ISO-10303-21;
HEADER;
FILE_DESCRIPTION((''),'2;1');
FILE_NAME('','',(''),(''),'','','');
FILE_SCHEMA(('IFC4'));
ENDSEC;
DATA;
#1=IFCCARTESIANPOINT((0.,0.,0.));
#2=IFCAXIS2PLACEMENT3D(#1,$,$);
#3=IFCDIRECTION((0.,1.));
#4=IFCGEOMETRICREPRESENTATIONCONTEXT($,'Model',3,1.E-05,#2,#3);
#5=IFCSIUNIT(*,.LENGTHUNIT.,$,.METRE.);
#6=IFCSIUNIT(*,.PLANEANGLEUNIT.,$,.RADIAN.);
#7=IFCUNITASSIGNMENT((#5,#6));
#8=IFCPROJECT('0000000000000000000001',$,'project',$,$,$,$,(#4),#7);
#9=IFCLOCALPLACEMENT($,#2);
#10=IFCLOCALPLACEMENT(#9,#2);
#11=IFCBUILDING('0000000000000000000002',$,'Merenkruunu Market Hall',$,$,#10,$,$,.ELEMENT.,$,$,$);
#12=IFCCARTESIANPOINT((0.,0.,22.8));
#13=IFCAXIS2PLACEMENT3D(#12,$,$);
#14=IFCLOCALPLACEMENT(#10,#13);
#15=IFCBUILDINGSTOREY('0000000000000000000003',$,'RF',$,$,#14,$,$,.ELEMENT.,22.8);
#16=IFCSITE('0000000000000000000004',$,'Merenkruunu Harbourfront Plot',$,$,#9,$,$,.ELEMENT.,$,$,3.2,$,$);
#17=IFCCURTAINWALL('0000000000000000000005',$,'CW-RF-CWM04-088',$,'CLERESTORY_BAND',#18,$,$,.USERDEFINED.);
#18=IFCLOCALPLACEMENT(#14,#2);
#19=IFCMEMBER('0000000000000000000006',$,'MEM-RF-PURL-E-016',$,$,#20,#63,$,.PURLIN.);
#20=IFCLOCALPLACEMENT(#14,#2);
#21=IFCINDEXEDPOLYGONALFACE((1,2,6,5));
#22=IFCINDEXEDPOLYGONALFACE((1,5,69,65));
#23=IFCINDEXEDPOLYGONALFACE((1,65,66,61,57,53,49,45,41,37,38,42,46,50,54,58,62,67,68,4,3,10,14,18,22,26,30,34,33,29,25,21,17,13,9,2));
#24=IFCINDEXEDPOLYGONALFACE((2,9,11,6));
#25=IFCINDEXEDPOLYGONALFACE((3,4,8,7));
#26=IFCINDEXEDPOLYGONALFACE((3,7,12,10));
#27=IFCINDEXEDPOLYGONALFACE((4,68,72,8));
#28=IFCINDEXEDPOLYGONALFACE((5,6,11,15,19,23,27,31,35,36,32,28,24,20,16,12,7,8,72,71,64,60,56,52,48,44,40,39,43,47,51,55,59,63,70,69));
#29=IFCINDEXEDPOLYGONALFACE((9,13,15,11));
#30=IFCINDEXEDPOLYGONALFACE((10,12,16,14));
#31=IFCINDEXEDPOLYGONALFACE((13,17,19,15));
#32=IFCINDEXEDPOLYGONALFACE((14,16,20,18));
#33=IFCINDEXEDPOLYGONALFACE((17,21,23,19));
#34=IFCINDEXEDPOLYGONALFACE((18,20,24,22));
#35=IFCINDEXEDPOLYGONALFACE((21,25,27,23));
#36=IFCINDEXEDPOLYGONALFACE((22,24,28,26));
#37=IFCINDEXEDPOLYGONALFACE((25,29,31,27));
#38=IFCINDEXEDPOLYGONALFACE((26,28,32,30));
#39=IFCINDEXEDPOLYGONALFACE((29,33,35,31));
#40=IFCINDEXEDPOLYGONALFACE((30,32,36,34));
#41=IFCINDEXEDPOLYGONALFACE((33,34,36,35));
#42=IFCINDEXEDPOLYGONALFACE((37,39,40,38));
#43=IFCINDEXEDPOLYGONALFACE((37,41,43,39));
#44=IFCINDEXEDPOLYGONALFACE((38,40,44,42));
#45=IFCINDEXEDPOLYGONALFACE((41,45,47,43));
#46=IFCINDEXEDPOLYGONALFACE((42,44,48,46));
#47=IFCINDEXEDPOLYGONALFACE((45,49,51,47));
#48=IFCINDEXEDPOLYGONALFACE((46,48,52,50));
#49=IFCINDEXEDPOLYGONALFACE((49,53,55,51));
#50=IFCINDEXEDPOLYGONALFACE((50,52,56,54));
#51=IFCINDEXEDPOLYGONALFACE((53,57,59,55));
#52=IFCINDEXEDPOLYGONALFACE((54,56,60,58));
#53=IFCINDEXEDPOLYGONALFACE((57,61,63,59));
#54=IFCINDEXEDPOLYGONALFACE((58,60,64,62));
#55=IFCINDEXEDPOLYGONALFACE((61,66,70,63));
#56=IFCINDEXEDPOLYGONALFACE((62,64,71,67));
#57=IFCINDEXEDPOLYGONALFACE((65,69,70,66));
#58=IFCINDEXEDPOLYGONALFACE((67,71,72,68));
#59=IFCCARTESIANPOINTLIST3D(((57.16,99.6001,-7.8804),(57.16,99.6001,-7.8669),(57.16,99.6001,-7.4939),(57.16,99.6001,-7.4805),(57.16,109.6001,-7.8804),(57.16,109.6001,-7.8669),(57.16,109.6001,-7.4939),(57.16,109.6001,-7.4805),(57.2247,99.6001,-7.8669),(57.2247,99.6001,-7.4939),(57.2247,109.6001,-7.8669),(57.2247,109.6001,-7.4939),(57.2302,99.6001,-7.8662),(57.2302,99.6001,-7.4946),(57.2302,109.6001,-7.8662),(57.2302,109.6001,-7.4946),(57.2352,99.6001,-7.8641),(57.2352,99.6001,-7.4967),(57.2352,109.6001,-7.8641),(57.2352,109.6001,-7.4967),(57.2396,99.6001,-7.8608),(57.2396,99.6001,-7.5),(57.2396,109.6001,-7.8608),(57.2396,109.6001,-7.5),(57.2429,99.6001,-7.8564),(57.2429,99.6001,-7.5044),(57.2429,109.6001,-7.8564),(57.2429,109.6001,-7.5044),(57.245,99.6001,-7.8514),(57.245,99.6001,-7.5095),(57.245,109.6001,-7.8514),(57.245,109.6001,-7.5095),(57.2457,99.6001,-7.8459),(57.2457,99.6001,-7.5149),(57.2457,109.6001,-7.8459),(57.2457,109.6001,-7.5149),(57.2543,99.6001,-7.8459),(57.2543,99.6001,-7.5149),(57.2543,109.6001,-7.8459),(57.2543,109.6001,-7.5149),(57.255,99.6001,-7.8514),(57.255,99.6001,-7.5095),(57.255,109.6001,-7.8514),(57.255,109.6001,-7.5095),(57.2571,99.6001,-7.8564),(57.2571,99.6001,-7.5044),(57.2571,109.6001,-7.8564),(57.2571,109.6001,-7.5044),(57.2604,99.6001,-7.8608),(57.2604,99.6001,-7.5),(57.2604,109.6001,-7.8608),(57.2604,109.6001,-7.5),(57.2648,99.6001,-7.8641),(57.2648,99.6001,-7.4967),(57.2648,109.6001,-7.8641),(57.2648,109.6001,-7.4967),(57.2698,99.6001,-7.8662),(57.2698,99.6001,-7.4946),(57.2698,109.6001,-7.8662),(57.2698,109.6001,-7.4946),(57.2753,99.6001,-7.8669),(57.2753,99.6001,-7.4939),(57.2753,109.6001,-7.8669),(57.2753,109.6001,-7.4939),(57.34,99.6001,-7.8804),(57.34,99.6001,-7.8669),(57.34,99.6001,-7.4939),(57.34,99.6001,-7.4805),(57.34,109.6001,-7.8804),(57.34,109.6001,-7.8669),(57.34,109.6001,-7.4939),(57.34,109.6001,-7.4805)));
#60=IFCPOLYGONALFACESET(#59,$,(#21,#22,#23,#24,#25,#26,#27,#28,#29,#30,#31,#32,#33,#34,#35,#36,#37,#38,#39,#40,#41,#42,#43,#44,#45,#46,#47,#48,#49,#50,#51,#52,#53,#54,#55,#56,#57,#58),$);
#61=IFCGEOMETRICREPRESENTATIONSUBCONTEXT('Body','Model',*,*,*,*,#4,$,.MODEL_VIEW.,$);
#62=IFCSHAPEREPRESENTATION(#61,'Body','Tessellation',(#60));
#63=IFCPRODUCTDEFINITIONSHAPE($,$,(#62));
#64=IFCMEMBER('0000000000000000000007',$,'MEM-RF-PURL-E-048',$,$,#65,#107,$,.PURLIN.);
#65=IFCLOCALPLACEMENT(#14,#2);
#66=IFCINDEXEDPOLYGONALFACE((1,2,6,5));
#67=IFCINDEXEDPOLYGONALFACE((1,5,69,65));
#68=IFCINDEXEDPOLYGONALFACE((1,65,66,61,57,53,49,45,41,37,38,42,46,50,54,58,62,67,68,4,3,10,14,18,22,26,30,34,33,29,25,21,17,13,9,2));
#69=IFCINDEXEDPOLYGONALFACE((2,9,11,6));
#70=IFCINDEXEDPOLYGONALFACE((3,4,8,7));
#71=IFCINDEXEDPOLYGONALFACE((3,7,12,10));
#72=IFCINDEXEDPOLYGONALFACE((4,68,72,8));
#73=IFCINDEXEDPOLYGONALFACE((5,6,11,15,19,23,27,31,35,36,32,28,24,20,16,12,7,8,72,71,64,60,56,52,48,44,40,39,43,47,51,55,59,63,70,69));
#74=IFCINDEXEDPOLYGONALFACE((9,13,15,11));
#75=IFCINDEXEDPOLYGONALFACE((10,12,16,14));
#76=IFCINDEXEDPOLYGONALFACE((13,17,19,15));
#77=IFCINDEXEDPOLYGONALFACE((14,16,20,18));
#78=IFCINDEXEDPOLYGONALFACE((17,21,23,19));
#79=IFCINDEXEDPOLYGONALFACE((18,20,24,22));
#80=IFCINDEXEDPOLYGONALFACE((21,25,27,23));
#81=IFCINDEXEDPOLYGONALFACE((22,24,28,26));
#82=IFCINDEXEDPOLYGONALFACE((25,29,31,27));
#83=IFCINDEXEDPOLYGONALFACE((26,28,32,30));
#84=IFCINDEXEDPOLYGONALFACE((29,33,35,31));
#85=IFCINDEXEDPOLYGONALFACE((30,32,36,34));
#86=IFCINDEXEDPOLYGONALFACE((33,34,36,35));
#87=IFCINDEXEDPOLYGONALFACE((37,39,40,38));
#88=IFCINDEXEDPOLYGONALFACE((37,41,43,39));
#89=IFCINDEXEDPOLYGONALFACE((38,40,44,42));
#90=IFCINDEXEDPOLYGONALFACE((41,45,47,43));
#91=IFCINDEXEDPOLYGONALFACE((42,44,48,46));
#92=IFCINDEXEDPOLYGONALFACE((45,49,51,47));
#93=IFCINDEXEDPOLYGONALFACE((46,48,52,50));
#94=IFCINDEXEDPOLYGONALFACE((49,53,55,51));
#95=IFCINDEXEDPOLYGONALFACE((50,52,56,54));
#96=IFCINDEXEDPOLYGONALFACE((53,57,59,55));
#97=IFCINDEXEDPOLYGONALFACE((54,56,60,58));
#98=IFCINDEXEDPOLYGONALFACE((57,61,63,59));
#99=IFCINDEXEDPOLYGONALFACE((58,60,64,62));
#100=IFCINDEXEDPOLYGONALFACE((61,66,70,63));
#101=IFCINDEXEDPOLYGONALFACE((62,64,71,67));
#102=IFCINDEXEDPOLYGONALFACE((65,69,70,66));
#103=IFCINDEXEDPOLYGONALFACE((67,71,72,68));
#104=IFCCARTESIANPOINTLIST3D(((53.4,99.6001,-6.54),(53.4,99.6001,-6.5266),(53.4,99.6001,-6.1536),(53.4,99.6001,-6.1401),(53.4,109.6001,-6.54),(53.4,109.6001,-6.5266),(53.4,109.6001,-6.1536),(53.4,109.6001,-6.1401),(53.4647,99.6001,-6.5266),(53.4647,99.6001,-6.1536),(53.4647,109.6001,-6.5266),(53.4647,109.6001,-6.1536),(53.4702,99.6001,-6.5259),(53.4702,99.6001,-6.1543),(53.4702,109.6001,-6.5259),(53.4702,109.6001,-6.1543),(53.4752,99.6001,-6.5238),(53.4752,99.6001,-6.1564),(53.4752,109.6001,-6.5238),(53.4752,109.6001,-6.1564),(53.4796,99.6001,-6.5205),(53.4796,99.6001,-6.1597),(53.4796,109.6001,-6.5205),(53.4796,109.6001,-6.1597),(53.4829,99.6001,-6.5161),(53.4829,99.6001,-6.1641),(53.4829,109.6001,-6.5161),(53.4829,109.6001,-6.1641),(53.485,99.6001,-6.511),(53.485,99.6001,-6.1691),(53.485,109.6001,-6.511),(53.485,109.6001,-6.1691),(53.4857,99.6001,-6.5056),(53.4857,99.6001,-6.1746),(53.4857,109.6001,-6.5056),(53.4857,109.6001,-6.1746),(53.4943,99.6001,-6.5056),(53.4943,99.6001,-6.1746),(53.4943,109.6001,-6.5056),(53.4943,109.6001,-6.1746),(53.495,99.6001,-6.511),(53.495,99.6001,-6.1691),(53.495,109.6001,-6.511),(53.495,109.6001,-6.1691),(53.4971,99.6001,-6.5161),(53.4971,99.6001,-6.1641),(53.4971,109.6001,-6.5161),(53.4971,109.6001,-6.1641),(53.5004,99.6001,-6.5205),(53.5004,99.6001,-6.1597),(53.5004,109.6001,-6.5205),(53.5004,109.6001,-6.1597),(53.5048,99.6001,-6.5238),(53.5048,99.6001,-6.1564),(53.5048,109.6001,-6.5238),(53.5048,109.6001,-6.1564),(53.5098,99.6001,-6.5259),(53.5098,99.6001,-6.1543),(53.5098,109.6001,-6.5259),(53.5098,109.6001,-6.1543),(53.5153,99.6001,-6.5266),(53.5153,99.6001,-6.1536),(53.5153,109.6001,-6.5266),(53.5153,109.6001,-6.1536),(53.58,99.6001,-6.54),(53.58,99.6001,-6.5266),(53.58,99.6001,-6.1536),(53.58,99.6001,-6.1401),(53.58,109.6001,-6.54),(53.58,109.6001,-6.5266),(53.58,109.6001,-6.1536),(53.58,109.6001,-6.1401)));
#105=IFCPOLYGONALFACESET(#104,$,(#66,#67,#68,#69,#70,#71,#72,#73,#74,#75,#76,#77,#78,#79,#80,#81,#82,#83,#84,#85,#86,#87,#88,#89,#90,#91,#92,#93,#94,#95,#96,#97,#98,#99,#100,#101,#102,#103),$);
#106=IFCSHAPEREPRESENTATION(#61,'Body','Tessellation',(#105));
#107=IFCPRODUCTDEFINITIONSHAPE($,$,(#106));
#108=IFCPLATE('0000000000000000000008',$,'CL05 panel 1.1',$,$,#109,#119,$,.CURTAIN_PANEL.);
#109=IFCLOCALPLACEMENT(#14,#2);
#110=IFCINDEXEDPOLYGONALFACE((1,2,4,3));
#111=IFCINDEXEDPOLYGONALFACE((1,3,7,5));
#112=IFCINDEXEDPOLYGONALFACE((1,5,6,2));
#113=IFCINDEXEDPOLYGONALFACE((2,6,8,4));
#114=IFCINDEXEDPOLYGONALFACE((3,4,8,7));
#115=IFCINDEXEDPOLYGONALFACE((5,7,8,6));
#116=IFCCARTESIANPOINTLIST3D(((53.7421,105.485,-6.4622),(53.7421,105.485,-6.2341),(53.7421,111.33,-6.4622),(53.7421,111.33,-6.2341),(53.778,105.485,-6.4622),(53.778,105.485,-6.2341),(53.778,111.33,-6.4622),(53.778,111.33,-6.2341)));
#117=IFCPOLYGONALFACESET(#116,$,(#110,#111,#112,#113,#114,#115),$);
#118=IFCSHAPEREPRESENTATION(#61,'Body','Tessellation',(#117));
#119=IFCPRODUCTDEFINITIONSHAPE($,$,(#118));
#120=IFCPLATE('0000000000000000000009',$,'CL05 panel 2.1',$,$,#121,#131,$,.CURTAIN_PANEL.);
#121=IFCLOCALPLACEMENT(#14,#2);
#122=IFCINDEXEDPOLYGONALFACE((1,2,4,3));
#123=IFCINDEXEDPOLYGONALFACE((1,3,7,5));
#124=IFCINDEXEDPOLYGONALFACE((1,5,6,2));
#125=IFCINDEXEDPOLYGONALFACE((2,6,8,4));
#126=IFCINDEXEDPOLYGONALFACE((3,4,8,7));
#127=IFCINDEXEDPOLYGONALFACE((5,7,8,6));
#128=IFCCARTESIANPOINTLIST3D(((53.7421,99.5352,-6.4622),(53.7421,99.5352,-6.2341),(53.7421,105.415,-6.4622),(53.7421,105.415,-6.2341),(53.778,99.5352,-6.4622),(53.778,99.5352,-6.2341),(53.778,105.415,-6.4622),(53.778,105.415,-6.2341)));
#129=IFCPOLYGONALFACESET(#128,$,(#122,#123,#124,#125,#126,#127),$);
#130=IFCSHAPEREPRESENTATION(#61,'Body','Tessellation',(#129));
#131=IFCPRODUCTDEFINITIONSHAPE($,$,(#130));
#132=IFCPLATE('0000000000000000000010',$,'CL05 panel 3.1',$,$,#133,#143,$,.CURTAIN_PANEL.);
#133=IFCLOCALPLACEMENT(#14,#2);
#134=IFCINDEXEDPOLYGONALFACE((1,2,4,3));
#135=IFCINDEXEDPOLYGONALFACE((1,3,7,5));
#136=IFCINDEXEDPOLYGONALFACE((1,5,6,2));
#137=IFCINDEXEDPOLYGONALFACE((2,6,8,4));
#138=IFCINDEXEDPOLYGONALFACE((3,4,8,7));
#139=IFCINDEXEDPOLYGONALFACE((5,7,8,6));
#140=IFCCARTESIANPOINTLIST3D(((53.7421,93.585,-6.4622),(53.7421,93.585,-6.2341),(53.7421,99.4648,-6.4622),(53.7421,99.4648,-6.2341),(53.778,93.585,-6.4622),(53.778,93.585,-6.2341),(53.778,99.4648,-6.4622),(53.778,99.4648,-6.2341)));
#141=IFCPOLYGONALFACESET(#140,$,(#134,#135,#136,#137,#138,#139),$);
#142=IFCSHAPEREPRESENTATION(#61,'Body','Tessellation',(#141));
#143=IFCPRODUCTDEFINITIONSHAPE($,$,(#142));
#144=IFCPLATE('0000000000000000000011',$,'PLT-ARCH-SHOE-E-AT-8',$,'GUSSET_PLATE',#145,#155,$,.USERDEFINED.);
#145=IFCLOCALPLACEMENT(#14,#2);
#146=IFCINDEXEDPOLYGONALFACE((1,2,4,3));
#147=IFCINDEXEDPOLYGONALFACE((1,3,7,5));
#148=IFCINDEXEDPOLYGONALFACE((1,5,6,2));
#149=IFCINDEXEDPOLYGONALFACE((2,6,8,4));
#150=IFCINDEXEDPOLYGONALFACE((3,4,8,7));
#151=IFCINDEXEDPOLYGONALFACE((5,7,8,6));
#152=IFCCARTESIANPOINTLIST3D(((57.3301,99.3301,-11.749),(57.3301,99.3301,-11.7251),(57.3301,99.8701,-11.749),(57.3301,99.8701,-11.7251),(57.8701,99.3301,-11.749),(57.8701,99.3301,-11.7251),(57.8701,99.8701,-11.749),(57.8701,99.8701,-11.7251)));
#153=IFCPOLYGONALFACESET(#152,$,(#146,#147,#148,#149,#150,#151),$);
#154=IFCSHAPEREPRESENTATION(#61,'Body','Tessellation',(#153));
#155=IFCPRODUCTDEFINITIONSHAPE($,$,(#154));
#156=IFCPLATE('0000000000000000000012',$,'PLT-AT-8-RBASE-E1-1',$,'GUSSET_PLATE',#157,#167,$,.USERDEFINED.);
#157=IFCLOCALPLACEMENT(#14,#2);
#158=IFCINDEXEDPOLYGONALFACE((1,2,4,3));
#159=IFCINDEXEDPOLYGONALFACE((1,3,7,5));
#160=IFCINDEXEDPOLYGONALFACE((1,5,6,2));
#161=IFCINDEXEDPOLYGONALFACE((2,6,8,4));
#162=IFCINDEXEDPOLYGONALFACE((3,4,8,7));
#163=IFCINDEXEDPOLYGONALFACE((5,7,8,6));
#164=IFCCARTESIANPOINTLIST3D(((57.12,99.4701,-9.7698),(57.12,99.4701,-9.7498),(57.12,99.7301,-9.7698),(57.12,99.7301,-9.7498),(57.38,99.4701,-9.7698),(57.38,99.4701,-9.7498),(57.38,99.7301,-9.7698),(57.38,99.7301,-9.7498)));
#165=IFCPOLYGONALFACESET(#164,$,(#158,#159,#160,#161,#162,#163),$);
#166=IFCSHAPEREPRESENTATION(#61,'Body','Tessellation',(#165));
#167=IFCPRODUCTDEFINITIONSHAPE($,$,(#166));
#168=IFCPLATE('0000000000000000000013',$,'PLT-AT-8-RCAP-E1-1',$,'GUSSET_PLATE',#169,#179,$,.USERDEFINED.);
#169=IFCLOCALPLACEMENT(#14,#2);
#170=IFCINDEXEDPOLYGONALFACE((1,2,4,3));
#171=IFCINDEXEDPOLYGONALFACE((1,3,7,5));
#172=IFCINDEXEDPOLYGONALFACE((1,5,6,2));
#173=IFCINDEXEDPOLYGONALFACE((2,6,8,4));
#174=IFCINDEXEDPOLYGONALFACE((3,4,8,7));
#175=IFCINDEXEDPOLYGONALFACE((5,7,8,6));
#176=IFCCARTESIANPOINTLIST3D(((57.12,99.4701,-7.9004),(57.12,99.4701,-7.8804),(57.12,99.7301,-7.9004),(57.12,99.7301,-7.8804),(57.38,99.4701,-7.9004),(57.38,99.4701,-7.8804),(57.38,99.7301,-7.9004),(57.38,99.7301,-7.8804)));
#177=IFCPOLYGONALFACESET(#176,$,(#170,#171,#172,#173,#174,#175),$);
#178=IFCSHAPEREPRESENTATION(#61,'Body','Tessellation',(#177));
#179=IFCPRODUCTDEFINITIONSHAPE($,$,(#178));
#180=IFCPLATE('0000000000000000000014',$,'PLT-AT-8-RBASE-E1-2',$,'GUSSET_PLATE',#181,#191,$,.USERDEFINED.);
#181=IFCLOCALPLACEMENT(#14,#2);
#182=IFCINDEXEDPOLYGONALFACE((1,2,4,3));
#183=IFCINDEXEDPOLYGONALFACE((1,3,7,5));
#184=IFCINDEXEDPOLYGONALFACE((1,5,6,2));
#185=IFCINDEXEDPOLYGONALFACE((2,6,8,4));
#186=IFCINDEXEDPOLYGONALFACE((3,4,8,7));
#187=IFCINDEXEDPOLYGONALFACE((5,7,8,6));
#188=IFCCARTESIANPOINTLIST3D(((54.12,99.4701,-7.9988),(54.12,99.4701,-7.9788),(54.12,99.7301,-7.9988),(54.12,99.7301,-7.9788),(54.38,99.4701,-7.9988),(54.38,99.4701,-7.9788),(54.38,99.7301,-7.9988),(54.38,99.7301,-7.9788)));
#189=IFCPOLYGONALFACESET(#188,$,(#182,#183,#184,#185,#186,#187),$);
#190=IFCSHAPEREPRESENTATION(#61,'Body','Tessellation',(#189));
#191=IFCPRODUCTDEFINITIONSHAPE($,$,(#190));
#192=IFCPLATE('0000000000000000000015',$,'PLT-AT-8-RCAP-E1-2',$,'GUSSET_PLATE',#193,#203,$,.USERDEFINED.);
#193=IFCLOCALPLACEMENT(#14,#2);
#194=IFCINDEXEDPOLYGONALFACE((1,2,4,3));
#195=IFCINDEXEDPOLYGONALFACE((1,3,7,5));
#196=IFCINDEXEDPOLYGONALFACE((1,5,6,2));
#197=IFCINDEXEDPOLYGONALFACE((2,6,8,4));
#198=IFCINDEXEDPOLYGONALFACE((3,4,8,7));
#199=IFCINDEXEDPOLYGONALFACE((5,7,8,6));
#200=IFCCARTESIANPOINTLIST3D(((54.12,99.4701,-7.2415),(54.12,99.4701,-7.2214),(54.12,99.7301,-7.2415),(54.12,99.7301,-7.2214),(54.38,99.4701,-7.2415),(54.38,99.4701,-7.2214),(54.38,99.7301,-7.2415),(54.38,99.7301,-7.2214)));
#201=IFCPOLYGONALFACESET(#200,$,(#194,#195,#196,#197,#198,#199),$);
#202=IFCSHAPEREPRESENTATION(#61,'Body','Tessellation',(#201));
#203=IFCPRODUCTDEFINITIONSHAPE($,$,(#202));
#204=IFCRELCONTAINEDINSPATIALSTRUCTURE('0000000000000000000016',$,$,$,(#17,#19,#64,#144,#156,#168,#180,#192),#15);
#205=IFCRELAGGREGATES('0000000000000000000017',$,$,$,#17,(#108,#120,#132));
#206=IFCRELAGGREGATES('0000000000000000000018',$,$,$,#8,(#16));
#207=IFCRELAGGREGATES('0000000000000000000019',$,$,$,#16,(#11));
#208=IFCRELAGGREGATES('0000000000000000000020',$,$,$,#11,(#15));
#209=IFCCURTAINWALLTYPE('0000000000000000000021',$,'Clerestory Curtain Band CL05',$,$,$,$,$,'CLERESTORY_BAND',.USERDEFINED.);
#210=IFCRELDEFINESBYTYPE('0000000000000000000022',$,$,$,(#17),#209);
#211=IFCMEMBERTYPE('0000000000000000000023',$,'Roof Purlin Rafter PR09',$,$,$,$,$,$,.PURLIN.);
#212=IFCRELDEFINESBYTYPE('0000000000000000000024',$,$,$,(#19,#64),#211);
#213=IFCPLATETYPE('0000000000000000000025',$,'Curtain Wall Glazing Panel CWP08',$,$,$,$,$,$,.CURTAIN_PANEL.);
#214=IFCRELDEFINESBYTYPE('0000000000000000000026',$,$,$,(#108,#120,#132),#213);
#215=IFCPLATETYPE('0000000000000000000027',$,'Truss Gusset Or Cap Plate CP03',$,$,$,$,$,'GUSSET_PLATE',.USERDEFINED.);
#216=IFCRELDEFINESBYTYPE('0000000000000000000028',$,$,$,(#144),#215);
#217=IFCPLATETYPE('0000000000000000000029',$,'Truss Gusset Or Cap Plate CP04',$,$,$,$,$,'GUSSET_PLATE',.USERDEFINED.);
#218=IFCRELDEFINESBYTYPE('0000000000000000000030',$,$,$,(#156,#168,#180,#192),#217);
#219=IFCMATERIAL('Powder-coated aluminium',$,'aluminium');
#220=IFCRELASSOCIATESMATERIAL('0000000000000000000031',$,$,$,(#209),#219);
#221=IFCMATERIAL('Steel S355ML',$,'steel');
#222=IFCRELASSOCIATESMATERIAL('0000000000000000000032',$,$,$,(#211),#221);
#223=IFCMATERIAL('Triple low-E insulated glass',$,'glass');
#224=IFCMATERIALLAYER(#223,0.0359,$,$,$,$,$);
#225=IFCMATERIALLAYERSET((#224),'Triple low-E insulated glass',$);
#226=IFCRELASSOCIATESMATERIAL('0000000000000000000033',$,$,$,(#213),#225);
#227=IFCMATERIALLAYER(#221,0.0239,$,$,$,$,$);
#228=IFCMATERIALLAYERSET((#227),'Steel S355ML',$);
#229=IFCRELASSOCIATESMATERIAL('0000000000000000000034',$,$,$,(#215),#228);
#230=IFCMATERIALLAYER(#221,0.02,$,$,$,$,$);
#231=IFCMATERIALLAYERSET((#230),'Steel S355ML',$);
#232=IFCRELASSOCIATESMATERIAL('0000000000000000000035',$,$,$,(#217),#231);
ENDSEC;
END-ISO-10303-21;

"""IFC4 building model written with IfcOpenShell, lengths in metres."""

from ifc_helpers import new_model, si_unit, direction, frame, origin, origin_2d, place, context, subcontext, project, spatial, rectangle, i_section, extrude, material, layer, layer_set, material_profile, profile_set, type_object, element, aggregate, save


model = new_model("IFC4")

# Units and contexts
model_context = context("Model", 3, precision=1e-05, world=origin(), true_north=direction((0.0, 1.0)))
body_context = subcontext(model_context, "Body", "Model", "MODEL_VIEW")
ifc_project = project(units=[si_unit("LENGTHUNIT", "METRE"), si_unit("PLANEANGLEUNIT", "RADIAN")], contexts=[model_context])

# Site, building, storey
site_placement = place(None, origin())
site = spatial("IfcSite", under=ifc_project, at=site_placement, Name="Merenkruunu Harbourfront Plot", CompositionType="ELEMENT", RefElevation=3.2)
building_placement = place(site_placement, origin())
building = spatial("IfcBuilding", under=site, at=building_placement, Name="Merenkruunu Market Hall", CompositionType="ELEMENT")
storey_placement = place(building_placement, frame((0.0, 0.0, 22.8)))
storey = spatial("IfcBuildingStorey", under=building, at=storey_placement, Name="RF", CompositionType="ELEMENT", Elevation=22.8)

# Curtain wall
ifc_material_1 = material(Name="Powder-coated aluminium", Category="aluminium")
curtain_wall_type = type_object("IfcCurtainWallType", Name="Clerestory Curtain Band CL05", ElementType="CLERESTORY_BAND", PredefinedType="USERDEFINED", material=ifc_material_1)
curtain_wall_placement = place(storey_placement, origin())
curtain_wall = element("IfcCurtainWall", 1, at=curtain_wall_placement, inside=storey, type_object=curtain_wall_type, Name="CW-RF-CWM04-088", ObjectType="CLERESTORY_BAND", PredefinedType="USERDEFINED")

# Shared definitions
ifc_material_2 = material(Name="Steel S355ML", Category="steel")

# Members
ifc_material_profile_1 = material_profile(ifc_material_2, i_section(OverallWidth=0.1799, OverallDepth=0.3999, WebThickness=0.0085, FlangeThickness=0.0134, FilletRadius=0.021, at=origin_2d()), Name="IPE 400")
ifc_profile_set_1 = profile_set([ifc_material_profile_1], Name="Steel S355ML")
member_type_1 = type_object("IfcMemberType", Name="Roof Purlin Rafter PR09", PredefinedType="PURLIN", material=ifc_profile_set_1)
for number, where, z_axis, x_axis, name in (
    (2, (57.25, 99.6001, -7.6804), (0.0, 1.0, 0.0), (-1.0, 0.0, 0.0), "MEM-RF-PURL-E-016"),
    (3, (53.49, 99.6001, -6.3401), (0.0, 1.0, 0.0), (-1.0, 0.0, 0.0), "MEM-RF-PURL-E-048"),
):
    element("IfcMember", number, at=place(storey_placement, frame(where, z_axis=z_axis, x_axis=x_axis)), inside=storey, type_object=member_type_1, Name=name, PredefinedType="PURLIN", context=body_context, shape_type="SweptSolid", body=[
        extrude(i_section(OverallWidth=0.1799, OverallDepth=0.3999, WebThickness=0.0085, FlangeThickness=0.0134, FilletRadius=0.021, at=origin_2d()), origin(), (0.0, 0.0, 1.0), 10.0),
    ])

# Plates
ifc_material_3 = material(Name="Triple low-E insulated glass", Category="glass")
ifc_layer_1 = layer(ifc_material_3, 0.0359)
ifc_layer_set_1 = layer_set([ifc_layer_1], Name="Triple low-E insulated glass")
plate_type_1 = type_object("IfcPlateType", Name="Curtain Wall Glazing Panel CWP08", PredefinedType="CURTAIN_PANEL", material=ifc_layer_set_1)
plate_1_placement = place(storey_placement, frame((53.76, 108.4075, -6.4622), z_axis=(0.0, 0.0, 1.0), x_axis=(0.0, -1.0, 0.0)))
plate_1 = element("IfcPlate", 4, at=plate_1_placement, type_object=plate_type_1, Name="CL05 panel 1.1", PredefinedType="CURTAIN_PANEL", context=body_context, shape_type="SweptSolid", body=[
    extrude(rectangle(XDim=5.845, YDim=0.0359, at=origin_2d()), origin(), (0.0, 0.0, 1.0), 0.228),
])
plate_2_placement = place(storey_placement, frame((53.76, 102.4751, -6.4622), z_axis=(0.0, 0.0, 1.0), x_axis=(0.0, -1.0, 0.0)))
plate_2 = element("IfcPlate", 5, at=plate_2_placement, type_object=plate_type_1, Name="CL05 panel 2.1", PredefinedType="CURTAIN_PANEL", context=body_context, shape_type="SweptSolid", body=[
    extrude(rectangle(XDim=5.8799, YDim=0.0359, at=origin_2d()), origin(), (0.0, 0.0, 1.0), 0.228),
])
plate_3_placement = place(storey_placement, frame((53.76, 96.5249, -6.4622), z_axis=(0.0, 0.0, 1.0), x_axis=(0.0, -1.0, 0.0)))
plate_3 = element("IfcPlate", 6, at=plate_3_placement, type_object=plate_type_1, Name="CL05 panel 3.1", PredefinedType="CURTAIN_PANEL", context=body_context, shape_type="SweptSolid", body=[
    extrude(rectangle(XDim=5.8799, YDim=0.0359, at=origin_2d()), origin(), (0.0, 0.0, 1.0), 0.228),
])
aggregate(curtain_wall, [plate_1, plate_2, plate_3])

# Plates
ifc_layer_2 = layer(ifc_material_2, 0.0239)
ifc_layer_set_2 = layer_set([ifc_layer_2], Name="Steel S355ML")
plate_type_2 = type_object("IfcPlateType", Name="Truss Gusset Or Cap Plate CP03", ElementType="GUSSET_PLATE", PredefinedType="USERDEFINED", material=ifc_layer_set_2)
plate_4_placement = place(storey_placement, frame((57.6001, 99.6001, -11.749), z_axis=(0.0, 0.0, 1.0), x_axis=(1.0, 0.0, 0.0)))
element("IfcPlate", 7, at=plate_4_placement, inside=storey, type_object=plate_type_2, Name="PLT-ARCH-SHOE-E-AT-8", ObjectType="GUSSET_PLATE", PredefinedType="USERDEFINED", context=body_context, shape_type="SweptSolid", body=[
    extrude(rectangle(XDim=0.54, YDim=0.54, at=origin_2d()), origin(), (0.0, 0.0, 1.0), 0.0239),
])
ifc_layer_3 = layer(ifc_material_2, 0.02)
ifc_layer_set_3 = layer_set([ifc_layer_3], Name="Steel S355ML")
plate_type_3 = type_object("IfcPlateType", Name="Truss Gusset Or Cap Plate CP04", ElementType="GUSSET_PLATE", PredefinedType="USERDEFINED", material=ifc_layer_set_3)
for number, where, z_axis, x_axis, name in (
    (8, (57.25, 99.6001, -9.7698), (0.0, 0.0, 1.0), (1.0, 0.0, 0.0), "PLT-AT-8-RBASE-E1-1"),
    (9, (57.25, 99.6001, -7.9004), (0.0, 0.0, 1.0), (1.0, 0.0, 0.0), "PLT-AT-8-RCAP-E1-1"),
    (10, (54.25, 99.6001, -7.9988), (0.0, 0.0, 1.0), (1.0, 0.0, 0.0), "PLT-AT-8-RBASE-E1-2"),
    (11, (54.25, 99.6001, -7.2415), (0.0, 0.0, 1.0), (1.0, 0.0, 0.0), "PLT-AT-8-RCAP-E1-2"),
):
    element("IfcPlate", number, at=place(storey_placement, frame(where, z_axis=z_axis, x_axis=x_axis)), inside=storey, type_object=plate_type_3, Name=name, ObjectType="GUSSET_PLATE", PredefinedType="USERDEFINED", context=body_context, shape_type="SweptSolid", body=[
        extrude(rectangle(XDim=0.26, YDim=0.26, at=origin_2d()), origin(), (0.0, 0.0, 1.0), 0.02),
    ])

save(model, "model.ifc")
